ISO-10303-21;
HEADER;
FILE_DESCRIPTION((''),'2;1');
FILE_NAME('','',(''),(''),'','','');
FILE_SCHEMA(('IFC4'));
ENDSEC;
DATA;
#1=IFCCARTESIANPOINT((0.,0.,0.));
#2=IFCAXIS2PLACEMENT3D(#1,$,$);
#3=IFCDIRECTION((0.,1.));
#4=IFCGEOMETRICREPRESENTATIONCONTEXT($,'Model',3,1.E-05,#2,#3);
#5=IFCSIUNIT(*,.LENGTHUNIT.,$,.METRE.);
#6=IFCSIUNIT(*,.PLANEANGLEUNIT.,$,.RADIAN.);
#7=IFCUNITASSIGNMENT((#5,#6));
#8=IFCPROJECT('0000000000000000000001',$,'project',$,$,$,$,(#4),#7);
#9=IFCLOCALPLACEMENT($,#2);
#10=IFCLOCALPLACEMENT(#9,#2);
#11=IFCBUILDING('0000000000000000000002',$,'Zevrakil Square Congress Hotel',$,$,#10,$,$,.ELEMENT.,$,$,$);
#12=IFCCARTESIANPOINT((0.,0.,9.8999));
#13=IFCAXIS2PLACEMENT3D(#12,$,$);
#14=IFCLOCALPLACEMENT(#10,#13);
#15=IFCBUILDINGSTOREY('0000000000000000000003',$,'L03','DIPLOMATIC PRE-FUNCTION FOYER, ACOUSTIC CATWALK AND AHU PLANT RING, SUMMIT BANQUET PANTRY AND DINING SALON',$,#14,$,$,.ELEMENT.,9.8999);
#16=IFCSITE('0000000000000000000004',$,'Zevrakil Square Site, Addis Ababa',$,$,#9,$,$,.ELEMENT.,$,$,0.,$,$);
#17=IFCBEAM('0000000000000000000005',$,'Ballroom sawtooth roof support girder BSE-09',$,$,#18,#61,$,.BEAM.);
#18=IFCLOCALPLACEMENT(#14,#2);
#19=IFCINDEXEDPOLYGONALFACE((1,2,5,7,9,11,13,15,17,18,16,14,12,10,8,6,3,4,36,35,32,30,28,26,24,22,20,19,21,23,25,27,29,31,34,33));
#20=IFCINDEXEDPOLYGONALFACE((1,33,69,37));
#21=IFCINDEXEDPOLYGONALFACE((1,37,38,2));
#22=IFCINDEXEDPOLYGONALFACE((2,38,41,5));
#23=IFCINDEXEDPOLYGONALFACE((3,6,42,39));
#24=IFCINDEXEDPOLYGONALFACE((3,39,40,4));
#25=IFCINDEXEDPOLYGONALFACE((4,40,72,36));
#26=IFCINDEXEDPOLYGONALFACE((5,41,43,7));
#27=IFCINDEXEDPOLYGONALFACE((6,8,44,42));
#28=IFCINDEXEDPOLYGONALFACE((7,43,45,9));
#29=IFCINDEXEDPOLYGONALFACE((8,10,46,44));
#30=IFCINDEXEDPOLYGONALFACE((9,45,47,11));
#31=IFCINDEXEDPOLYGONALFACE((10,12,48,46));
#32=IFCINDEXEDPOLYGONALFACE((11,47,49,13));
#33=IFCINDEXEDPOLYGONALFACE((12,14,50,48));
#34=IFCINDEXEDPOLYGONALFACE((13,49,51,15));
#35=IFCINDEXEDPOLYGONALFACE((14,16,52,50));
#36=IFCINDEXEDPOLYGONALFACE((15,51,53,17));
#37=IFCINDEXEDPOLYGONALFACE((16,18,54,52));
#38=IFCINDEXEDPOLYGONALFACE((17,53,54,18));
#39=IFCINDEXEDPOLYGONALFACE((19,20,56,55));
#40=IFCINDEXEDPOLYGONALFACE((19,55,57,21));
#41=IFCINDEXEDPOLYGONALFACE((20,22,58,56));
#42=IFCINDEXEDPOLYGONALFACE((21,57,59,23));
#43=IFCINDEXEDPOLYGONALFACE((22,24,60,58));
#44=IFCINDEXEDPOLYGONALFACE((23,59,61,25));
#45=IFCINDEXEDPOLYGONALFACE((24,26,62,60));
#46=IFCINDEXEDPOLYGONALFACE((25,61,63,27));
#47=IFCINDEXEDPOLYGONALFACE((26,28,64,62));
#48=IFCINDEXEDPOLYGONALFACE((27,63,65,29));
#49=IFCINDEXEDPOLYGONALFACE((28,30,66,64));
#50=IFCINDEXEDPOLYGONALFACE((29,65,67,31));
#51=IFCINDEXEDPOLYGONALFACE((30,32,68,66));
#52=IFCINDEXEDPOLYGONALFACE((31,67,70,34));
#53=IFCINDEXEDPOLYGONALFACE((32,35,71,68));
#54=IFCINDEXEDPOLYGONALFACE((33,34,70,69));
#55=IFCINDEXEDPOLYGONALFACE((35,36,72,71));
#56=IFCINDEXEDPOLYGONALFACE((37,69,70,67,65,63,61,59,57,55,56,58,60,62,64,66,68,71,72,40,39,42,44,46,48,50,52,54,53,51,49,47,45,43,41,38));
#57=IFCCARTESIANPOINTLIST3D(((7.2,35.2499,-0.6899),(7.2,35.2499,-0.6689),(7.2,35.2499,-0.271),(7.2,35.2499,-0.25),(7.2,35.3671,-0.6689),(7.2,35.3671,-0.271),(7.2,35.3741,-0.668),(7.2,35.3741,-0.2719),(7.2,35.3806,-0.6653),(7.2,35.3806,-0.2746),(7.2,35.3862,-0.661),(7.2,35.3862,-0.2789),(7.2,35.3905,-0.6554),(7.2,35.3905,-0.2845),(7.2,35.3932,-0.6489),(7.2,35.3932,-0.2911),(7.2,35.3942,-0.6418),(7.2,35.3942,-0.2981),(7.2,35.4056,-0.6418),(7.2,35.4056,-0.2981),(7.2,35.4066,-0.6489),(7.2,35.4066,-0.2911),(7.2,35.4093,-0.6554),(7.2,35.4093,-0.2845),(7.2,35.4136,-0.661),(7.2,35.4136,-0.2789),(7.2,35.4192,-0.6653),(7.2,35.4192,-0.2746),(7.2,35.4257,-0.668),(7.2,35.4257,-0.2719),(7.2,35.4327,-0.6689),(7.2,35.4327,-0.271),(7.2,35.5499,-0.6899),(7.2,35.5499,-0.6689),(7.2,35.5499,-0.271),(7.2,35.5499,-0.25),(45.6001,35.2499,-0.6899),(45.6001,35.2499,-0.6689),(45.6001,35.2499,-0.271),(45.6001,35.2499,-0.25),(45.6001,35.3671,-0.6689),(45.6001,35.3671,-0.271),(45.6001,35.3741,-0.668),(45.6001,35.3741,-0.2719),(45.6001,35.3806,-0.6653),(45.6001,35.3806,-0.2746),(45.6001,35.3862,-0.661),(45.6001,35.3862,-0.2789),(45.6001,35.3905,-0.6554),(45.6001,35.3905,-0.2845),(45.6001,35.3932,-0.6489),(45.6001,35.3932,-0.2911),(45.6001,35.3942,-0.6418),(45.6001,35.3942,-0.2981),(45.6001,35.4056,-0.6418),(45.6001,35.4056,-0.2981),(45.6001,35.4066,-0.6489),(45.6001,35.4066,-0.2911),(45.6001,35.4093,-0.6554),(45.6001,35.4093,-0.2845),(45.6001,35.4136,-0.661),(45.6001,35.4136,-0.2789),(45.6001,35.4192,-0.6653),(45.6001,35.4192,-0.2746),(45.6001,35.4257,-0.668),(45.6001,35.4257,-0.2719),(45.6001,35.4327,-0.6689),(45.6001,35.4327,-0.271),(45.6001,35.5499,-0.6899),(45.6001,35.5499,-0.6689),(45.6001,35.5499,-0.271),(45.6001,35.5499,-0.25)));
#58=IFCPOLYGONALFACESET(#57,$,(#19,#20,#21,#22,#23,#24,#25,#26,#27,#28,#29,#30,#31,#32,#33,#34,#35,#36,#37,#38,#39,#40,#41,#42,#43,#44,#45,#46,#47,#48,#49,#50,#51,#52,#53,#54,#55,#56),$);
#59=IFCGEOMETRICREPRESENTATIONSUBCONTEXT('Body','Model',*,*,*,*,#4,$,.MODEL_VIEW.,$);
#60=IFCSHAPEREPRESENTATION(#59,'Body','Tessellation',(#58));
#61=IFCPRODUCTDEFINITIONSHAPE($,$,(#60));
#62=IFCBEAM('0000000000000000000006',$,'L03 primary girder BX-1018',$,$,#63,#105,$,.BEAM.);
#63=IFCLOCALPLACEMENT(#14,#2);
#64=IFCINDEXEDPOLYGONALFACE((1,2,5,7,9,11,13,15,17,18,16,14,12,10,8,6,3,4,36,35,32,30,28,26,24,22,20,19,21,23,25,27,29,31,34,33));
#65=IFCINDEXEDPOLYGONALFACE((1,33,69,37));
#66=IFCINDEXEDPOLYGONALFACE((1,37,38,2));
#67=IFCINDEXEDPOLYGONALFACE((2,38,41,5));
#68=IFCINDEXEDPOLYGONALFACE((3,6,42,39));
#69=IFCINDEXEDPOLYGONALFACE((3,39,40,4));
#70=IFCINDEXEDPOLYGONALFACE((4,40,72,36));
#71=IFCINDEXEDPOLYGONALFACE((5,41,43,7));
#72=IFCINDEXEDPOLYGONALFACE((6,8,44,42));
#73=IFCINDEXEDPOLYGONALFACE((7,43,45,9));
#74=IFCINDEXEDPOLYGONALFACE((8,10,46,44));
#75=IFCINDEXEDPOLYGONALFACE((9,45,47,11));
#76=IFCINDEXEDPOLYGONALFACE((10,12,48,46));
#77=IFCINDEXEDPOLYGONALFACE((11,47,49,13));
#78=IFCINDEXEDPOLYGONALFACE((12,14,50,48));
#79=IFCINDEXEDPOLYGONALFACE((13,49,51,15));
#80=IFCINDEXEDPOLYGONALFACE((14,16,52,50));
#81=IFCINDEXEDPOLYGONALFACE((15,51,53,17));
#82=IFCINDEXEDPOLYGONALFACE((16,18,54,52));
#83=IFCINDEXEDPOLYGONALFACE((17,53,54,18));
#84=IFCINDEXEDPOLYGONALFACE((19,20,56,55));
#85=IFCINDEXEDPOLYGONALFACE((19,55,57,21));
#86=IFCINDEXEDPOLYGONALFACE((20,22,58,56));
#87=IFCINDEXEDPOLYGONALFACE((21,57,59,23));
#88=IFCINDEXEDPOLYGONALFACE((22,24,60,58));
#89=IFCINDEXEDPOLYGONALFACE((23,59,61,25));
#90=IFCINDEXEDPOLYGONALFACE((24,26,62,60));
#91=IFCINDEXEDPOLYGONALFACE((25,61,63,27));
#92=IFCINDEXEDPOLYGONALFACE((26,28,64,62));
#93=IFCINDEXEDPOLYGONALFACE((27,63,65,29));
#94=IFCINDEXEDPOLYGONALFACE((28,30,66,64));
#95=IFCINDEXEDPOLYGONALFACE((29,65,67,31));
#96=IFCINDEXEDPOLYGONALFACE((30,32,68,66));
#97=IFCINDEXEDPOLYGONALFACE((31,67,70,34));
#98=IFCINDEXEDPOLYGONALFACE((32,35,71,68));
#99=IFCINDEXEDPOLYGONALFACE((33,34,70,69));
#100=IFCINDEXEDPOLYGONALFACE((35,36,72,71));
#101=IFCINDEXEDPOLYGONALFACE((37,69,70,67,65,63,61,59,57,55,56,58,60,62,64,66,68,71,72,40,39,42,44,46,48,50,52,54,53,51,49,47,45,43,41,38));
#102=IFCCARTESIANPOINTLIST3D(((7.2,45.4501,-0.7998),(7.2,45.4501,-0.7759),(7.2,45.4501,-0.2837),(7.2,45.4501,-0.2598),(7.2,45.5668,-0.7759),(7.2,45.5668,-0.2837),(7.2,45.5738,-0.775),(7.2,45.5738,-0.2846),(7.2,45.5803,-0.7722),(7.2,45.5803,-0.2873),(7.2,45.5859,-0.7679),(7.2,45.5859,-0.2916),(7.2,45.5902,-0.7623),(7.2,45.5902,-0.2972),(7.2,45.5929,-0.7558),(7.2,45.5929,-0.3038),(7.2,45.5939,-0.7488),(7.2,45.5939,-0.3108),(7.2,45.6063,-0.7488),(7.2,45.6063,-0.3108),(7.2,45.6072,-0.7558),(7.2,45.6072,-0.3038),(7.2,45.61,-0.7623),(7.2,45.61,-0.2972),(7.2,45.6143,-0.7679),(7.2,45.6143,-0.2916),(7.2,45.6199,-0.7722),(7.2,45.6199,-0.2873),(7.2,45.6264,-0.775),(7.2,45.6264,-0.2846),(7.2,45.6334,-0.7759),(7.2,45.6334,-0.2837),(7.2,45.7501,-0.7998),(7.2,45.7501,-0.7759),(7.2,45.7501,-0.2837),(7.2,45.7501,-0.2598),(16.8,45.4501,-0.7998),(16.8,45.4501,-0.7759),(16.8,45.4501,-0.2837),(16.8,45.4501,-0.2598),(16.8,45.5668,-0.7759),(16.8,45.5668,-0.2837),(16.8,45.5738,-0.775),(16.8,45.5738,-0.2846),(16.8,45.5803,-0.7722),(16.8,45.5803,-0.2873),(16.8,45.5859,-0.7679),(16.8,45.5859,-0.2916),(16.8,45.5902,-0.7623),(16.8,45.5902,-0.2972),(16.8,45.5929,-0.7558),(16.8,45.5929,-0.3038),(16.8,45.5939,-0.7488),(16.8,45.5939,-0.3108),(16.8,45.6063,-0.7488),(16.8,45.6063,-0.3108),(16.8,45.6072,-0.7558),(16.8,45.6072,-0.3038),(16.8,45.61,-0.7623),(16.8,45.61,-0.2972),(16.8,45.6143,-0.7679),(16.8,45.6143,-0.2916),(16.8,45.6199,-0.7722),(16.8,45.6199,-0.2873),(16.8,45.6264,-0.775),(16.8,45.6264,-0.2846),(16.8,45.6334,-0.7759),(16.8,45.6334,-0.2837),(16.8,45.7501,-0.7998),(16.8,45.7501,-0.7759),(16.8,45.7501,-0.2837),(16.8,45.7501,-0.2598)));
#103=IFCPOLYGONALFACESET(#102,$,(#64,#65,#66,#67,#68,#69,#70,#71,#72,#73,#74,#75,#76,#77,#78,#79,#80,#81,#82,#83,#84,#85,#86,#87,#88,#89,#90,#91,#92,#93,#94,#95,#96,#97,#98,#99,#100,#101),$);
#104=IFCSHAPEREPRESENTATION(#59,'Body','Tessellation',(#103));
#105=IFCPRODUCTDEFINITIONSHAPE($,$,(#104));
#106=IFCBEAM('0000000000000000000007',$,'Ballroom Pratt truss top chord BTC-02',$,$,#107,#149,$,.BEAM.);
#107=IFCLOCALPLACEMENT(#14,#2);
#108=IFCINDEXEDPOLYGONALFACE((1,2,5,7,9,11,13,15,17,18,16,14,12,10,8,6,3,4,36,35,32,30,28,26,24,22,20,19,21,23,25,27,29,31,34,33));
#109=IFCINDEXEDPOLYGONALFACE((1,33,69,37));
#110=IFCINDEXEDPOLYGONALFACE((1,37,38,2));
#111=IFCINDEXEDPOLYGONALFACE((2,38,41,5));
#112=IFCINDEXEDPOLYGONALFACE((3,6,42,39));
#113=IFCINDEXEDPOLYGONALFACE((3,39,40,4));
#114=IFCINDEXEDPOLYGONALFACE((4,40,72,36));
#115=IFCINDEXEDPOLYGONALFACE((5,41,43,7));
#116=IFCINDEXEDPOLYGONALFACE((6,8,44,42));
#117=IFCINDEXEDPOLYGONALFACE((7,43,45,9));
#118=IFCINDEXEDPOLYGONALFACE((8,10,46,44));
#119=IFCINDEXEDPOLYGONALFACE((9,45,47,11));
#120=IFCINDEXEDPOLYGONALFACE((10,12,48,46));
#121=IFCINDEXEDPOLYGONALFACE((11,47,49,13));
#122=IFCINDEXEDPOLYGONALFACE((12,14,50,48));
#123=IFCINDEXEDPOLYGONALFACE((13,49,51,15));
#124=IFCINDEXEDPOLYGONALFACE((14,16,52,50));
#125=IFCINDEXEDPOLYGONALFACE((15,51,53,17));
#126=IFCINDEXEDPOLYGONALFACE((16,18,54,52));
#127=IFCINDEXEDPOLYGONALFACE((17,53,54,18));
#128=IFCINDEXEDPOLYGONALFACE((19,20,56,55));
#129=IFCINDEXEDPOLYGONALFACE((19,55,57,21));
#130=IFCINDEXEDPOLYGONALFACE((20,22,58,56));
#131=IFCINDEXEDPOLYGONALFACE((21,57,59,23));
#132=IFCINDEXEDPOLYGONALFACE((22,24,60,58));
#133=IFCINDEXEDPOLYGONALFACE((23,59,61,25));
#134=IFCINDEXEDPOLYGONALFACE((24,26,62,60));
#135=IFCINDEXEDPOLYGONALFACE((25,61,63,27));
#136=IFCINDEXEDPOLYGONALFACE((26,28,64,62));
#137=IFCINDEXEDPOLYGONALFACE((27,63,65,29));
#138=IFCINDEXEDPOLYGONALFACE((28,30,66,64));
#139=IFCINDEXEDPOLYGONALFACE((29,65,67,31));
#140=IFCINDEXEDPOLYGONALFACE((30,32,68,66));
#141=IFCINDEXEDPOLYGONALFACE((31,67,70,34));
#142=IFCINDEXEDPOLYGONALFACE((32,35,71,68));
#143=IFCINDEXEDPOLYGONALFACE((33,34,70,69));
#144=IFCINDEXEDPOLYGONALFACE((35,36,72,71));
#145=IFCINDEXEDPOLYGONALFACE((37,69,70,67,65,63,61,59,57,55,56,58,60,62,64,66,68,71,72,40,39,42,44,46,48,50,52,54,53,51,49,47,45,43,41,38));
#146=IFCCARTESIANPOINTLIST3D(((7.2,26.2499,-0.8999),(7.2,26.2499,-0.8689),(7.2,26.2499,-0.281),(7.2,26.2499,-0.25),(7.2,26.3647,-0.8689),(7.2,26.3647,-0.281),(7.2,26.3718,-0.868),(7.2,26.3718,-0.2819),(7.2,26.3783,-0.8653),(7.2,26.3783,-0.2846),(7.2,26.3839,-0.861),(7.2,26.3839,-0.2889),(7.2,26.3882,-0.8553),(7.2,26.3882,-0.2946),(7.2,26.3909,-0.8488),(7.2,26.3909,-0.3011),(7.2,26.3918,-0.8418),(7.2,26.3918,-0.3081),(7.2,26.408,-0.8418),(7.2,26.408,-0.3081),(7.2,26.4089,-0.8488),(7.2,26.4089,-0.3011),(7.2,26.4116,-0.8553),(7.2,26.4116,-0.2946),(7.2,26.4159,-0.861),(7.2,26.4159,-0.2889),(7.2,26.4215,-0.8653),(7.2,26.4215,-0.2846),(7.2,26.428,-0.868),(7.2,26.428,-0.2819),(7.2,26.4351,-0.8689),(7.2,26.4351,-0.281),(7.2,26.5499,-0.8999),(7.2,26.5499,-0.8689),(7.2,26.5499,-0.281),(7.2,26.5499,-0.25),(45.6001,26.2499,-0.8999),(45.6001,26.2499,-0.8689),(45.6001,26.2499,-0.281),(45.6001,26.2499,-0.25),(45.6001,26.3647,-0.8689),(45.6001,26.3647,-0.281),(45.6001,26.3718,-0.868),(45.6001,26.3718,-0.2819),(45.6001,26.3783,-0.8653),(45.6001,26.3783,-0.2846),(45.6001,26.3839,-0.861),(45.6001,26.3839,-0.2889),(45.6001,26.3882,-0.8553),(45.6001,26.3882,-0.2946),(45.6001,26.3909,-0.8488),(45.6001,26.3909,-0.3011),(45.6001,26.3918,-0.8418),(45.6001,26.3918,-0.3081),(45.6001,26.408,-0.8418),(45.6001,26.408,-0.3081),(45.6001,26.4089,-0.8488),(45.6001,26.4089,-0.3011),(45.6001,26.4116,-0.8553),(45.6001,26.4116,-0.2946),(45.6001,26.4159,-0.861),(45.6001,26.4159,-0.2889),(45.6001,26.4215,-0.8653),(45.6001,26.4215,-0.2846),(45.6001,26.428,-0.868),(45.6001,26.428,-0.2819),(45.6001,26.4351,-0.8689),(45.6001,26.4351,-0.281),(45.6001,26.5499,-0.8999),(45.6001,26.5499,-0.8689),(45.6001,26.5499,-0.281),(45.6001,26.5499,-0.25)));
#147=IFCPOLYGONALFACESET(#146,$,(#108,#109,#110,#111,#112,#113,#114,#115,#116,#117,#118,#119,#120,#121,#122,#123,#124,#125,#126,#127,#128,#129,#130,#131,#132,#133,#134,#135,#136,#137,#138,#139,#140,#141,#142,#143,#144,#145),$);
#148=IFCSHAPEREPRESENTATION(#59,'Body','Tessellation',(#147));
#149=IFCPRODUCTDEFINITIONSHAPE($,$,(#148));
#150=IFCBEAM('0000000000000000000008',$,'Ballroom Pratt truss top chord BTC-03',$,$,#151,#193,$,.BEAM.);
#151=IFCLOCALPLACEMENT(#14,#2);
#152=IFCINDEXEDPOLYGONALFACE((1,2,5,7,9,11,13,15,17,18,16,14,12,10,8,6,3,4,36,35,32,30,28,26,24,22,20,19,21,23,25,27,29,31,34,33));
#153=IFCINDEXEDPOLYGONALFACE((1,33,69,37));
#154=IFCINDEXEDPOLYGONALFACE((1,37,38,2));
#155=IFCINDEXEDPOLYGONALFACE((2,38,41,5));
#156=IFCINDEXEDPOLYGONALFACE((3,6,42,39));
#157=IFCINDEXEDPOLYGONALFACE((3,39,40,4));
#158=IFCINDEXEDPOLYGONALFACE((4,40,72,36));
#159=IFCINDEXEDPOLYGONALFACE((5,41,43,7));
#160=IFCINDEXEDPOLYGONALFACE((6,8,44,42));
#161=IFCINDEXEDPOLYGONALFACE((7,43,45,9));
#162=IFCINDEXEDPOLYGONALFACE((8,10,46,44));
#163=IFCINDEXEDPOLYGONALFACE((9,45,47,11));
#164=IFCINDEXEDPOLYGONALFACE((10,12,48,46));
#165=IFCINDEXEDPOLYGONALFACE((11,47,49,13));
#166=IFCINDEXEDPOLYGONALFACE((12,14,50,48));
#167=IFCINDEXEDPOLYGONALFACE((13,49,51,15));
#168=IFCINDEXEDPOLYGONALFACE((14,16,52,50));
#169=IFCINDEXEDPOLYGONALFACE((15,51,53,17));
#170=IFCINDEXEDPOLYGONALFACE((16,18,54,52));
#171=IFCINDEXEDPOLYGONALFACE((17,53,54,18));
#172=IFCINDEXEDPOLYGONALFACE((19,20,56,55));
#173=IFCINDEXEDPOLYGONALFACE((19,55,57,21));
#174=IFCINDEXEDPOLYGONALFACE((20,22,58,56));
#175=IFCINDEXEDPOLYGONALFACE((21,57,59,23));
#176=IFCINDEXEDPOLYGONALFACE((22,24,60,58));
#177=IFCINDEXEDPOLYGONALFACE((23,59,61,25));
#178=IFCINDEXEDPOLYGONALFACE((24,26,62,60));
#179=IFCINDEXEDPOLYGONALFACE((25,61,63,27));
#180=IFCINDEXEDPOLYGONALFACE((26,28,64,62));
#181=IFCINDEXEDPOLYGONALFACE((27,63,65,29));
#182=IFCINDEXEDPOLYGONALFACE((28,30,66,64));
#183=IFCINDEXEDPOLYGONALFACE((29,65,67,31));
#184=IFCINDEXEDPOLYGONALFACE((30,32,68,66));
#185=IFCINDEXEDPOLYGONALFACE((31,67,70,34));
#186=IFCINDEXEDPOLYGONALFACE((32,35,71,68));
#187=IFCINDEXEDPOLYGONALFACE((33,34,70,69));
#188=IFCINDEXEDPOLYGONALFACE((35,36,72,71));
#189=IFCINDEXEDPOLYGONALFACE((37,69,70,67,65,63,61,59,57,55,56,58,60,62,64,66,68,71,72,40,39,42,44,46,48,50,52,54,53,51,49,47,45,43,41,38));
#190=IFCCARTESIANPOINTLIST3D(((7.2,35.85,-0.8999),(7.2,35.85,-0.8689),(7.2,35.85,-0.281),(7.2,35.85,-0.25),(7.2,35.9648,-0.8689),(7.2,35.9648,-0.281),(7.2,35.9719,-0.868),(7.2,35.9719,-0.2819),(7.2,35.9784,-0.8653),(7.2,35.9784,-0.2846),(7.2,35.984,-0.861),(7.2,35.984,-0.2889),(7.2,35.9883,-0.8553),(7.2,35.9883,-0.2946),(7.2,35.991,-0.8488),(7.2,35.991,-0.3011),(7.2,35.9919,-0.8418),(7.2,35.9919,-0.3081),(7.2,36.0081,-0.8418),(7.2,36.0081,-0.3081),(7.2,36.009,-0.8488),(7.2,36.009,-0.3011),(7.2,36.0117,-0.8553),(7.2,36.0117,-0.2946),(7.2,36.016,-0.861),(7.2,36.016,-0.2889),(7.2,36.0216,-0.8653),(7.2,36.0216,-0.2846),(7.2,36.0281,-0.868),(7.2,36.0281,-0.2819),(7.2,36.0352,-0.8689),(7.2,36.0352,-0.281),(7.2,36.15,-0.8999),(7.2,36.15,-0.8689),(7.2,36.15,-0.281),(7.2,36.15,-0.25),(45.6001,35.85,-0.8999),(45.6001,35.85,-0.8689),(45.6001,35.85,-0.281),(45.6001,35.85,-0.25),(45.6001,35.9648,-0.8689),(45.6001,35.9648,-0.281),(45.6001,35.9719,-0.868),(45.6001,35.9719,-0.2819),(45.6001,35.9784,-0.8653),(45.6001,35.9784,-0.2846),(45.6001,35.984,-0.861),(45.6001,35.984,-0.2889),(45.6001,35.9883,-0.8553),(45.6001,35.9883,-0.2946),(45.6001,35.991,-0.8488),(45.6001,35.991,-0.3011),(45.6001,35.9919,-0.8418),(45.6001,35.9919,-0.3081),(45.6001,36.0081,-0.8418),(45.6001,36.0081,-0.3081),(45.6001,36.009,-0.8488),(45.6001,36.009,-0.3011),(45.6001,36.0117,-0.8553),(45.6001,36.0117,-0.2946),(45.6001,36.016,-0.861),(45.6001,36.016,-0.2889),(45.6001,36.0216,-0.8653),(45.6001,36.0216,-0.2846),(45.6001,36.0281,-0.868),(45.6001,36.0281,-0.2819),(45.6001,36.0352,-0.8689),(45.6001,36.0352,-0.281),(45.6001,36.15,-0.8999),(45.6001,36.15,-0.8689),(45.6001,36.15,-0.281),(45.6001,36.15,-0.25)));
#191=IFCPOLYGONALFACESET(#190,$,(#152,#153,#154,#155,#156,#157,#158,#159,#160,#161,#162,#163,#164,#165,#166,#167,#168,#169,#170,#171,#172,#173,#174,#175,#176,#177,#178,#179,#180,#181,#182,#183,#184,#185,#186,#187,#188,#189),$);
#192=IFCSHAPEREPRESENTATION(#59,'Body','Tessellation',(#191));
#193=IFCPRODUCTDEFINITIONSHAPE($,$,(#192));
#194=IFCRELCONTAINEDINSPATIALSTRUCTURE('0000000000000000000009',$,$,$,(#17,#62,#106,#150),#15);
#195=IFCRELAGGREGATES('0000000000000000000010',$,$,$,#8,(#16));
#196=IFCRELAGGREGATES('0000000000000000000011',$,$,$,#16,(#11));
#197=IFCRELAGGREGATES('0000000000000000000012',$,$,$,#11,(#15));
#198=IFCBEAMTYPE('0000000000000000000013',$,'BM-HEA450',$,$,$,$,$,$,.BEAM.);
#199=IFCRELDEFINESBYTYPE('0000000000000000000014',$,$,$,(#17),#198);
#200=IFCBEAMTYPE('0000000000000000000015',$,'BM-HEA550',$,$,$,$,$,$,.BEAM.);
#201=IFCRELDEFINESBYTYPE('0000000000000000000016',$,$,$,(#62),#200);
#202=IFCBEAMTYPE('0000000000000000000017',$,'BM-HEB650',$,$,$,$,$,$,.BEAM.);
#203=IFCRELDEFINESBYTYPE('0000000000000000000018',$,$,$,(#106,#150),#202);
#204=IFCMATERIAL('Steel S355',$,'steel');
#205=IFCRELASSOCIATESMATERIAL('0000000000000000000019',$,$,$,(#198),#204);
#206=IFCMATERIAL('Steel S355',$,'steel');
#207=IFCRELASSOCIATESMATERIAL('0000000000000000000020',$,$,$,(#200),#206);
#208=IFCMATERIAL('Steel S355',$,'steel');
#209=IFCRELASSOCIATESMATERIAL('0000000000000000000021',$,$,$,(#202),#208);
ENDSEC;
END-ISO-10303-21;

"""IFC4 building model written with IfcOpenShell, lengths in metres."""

from ifc_helpers import new_model, si_unit, direction, frame, origin, origin_2d, place, context, subcontext, project, spatial, i_section, extrude, material, material_profile, profile_set, type_object, element, save


model = new_model("IFC4")

# Units and contexts
model_context = context("Model", 3, precision=1e-05, world=origin(), true_north=direction((0.0, 1.0)))
body_context = subcontext(model_context, "Body", "Model", "MODEL_VIEW")
ifc_project = project(units=[si_unit("LENGTHUNIT", "METRE"), si_unit("PLANEANGLEUNIT", "RADIAN")], contexts=[model_context])

# Site, building, storey
site_placement = place(None, origin())
site = spatial("IfcSite", under=ifc_project, at=site_placement, Name="Zevrakil Square Site, Addis Ababa", CompositionType="ELEMENT", RefElevation=0.0)
building_placement = place(site_placement, origin())
building = spatial("IfcBuilding", under=site, at=building_placement, Name="Zevrakil Square Congress Hotel", CompositionType="ELEMENT")
storey_placement = place(building_placement, frame((0.0, 0.0, 9.8999)))
storey = spatial("IfcBuildingStorey", under=building, at=storey_placement, Name="L03", Description="DIPLOMATIC PRE-FUNCTION FOYER, ACOUSTIC CATWALK AND AHU PLANT RING, SUMMIT BANQUET PANTRY AND DINING SALON", CompositionType="ELEMENT", Elevation=9.8999)

# Beams
ifc_material_1 = material(Name="Steel S355", Category="steel")
ifc_material_profile_1 = material_profile(ifc_material_1, i_section(OverallWidth=0.3, OverallDepth=0.4399, WebThickness=0.0115, FlangeThickness=0.021, FilletRadius=0.0271, at=origin_2d()), Name="HEA 450")
ifc_profile_set_1 = profile_set([ifc_material_profile_1], Name="Steel S355")
beam_type_1 = type_object("IfcBeamType", Name="BM-HEA450", PredefinedType="BEAM", material=ifc_profile_set_1)
for number, where, z_axis, x_axis, name in (
    (1, (7.2, 35.3999, -0.47), (1.0, 0.0, 0.0), (0.0, 1.0, 0.0), "Ballroom sawtooth roof support girder BSE-09"),
):
    element("IfcBeam", number, at=place(storey_placement, frame(where, z_axis=z_axis, x_axis=x_axis)), inside=storey, type_object=beam_type_1, Name=name, PredefinedType="BEAM", context=body_context, shape_type="SweptSolid", body=[
        extrude(i_section(OverallWidth=0.3, OverallDepth=0.4399, WebThickness=0.0115, FlangeThickness=0.021, FilletRadius=0.0271, at=origin_2d()), origin(), (0.0, 0.0, 1.0), 38.4001),
    ])
ifc_material_2 = material(Name="Steel S355", Category="steel")
ifc_material_profile_2 = material_profile(ifc_material_2, i_section(OverallWidth=0.3, OverallDepth=0.54, WebThickness=0.0125, FlangeThickness=0.0239, FilletRadius=0.0271, at=origin_2d()), Name="HEA 550")
ifc_profile_set_2 = profile_set([ifc_material_profile_2], Name="Steel S355")
beam_type_2 = type_object("IfcBeamType", Name="BM-HEA550", PredefinedType="BEAM", material=ifc_profile_set_2)
beam_placement = place(storey_placement, frame((7.2, 45.6001, -0.5298), z_axis=(1.0, 0.0, 0.0), x_axis=(0.0, 1.0, 0.0)))
element("IfcBeam", 2, at=beam_placement, inside=storey, type_object=beam_type_2, Name="L03 primary girder BX-1018", PredefinedType="BEAM", context=body_context, shape_type="SweptSolid", body=[
    extrude(i_section(OverallWidth=0.3, OverallDepth=0.54, WebThickness=0.0125, FlangeThickness=0.0239, FilletRadius=0.0271, at=origin_2d()), origin(), (0.0, 0.0, 1.0), 9.6001),
])
ifc_material_3 = material(Name="Steel S355", Category="steel")
ifc_material_profile_3 = material_profile(ifc_material_3, i_section(OverallWidth=0.3, OverallDepth=0.6499, WebThickness=0.0161, FlangeThickness=0.031, FilletRadius=0.0271, at=origin_2d()), Name="HEB 650")
ifc_profile_set_3 = profile_set([ifc_material_profile_3], Name="Steel S355")
beam_type_3 = type_object("IfcBeamType", Name="BM-HEB650", PredefinedType="BEAM", material=ifc_profile_set_3)
for number, where, z_axis, x_axis, name in (
    (3, (7.2, 26.3999, -0.575), (1.0, 0.0, 0.0), (0.0, 1.0, 0.0), "Ballroom Pratt truss top chord BTC-02"),
    (4, (7.2, 36.0, -0.575), (1.0, 0.0, 0.0), (0.0, 1.0, 0.0), "Ballroom Pratt truss top chord BTC-03"),
):
    element("IfcBeam", number, at=place(storey_placement, frame(where, z_axis=z_axis, x_axis=x_axis)), inside=storey, type_object=beam_type_3, Name=name, PredefinedType="BEAM", context=body_context, shape_type="SweptSolid", body=[
        extrude(i_section(OverallWidth=0.3, OverallDepth=0.6499, WebThickness=0.0161, FlangeThickness=0.031, FilletRadius=0.0271, at=origin_2d()), origin(), (0.0, 0.0, 1.0), 38.4001),
    ])

save(model, "model.ifc")
